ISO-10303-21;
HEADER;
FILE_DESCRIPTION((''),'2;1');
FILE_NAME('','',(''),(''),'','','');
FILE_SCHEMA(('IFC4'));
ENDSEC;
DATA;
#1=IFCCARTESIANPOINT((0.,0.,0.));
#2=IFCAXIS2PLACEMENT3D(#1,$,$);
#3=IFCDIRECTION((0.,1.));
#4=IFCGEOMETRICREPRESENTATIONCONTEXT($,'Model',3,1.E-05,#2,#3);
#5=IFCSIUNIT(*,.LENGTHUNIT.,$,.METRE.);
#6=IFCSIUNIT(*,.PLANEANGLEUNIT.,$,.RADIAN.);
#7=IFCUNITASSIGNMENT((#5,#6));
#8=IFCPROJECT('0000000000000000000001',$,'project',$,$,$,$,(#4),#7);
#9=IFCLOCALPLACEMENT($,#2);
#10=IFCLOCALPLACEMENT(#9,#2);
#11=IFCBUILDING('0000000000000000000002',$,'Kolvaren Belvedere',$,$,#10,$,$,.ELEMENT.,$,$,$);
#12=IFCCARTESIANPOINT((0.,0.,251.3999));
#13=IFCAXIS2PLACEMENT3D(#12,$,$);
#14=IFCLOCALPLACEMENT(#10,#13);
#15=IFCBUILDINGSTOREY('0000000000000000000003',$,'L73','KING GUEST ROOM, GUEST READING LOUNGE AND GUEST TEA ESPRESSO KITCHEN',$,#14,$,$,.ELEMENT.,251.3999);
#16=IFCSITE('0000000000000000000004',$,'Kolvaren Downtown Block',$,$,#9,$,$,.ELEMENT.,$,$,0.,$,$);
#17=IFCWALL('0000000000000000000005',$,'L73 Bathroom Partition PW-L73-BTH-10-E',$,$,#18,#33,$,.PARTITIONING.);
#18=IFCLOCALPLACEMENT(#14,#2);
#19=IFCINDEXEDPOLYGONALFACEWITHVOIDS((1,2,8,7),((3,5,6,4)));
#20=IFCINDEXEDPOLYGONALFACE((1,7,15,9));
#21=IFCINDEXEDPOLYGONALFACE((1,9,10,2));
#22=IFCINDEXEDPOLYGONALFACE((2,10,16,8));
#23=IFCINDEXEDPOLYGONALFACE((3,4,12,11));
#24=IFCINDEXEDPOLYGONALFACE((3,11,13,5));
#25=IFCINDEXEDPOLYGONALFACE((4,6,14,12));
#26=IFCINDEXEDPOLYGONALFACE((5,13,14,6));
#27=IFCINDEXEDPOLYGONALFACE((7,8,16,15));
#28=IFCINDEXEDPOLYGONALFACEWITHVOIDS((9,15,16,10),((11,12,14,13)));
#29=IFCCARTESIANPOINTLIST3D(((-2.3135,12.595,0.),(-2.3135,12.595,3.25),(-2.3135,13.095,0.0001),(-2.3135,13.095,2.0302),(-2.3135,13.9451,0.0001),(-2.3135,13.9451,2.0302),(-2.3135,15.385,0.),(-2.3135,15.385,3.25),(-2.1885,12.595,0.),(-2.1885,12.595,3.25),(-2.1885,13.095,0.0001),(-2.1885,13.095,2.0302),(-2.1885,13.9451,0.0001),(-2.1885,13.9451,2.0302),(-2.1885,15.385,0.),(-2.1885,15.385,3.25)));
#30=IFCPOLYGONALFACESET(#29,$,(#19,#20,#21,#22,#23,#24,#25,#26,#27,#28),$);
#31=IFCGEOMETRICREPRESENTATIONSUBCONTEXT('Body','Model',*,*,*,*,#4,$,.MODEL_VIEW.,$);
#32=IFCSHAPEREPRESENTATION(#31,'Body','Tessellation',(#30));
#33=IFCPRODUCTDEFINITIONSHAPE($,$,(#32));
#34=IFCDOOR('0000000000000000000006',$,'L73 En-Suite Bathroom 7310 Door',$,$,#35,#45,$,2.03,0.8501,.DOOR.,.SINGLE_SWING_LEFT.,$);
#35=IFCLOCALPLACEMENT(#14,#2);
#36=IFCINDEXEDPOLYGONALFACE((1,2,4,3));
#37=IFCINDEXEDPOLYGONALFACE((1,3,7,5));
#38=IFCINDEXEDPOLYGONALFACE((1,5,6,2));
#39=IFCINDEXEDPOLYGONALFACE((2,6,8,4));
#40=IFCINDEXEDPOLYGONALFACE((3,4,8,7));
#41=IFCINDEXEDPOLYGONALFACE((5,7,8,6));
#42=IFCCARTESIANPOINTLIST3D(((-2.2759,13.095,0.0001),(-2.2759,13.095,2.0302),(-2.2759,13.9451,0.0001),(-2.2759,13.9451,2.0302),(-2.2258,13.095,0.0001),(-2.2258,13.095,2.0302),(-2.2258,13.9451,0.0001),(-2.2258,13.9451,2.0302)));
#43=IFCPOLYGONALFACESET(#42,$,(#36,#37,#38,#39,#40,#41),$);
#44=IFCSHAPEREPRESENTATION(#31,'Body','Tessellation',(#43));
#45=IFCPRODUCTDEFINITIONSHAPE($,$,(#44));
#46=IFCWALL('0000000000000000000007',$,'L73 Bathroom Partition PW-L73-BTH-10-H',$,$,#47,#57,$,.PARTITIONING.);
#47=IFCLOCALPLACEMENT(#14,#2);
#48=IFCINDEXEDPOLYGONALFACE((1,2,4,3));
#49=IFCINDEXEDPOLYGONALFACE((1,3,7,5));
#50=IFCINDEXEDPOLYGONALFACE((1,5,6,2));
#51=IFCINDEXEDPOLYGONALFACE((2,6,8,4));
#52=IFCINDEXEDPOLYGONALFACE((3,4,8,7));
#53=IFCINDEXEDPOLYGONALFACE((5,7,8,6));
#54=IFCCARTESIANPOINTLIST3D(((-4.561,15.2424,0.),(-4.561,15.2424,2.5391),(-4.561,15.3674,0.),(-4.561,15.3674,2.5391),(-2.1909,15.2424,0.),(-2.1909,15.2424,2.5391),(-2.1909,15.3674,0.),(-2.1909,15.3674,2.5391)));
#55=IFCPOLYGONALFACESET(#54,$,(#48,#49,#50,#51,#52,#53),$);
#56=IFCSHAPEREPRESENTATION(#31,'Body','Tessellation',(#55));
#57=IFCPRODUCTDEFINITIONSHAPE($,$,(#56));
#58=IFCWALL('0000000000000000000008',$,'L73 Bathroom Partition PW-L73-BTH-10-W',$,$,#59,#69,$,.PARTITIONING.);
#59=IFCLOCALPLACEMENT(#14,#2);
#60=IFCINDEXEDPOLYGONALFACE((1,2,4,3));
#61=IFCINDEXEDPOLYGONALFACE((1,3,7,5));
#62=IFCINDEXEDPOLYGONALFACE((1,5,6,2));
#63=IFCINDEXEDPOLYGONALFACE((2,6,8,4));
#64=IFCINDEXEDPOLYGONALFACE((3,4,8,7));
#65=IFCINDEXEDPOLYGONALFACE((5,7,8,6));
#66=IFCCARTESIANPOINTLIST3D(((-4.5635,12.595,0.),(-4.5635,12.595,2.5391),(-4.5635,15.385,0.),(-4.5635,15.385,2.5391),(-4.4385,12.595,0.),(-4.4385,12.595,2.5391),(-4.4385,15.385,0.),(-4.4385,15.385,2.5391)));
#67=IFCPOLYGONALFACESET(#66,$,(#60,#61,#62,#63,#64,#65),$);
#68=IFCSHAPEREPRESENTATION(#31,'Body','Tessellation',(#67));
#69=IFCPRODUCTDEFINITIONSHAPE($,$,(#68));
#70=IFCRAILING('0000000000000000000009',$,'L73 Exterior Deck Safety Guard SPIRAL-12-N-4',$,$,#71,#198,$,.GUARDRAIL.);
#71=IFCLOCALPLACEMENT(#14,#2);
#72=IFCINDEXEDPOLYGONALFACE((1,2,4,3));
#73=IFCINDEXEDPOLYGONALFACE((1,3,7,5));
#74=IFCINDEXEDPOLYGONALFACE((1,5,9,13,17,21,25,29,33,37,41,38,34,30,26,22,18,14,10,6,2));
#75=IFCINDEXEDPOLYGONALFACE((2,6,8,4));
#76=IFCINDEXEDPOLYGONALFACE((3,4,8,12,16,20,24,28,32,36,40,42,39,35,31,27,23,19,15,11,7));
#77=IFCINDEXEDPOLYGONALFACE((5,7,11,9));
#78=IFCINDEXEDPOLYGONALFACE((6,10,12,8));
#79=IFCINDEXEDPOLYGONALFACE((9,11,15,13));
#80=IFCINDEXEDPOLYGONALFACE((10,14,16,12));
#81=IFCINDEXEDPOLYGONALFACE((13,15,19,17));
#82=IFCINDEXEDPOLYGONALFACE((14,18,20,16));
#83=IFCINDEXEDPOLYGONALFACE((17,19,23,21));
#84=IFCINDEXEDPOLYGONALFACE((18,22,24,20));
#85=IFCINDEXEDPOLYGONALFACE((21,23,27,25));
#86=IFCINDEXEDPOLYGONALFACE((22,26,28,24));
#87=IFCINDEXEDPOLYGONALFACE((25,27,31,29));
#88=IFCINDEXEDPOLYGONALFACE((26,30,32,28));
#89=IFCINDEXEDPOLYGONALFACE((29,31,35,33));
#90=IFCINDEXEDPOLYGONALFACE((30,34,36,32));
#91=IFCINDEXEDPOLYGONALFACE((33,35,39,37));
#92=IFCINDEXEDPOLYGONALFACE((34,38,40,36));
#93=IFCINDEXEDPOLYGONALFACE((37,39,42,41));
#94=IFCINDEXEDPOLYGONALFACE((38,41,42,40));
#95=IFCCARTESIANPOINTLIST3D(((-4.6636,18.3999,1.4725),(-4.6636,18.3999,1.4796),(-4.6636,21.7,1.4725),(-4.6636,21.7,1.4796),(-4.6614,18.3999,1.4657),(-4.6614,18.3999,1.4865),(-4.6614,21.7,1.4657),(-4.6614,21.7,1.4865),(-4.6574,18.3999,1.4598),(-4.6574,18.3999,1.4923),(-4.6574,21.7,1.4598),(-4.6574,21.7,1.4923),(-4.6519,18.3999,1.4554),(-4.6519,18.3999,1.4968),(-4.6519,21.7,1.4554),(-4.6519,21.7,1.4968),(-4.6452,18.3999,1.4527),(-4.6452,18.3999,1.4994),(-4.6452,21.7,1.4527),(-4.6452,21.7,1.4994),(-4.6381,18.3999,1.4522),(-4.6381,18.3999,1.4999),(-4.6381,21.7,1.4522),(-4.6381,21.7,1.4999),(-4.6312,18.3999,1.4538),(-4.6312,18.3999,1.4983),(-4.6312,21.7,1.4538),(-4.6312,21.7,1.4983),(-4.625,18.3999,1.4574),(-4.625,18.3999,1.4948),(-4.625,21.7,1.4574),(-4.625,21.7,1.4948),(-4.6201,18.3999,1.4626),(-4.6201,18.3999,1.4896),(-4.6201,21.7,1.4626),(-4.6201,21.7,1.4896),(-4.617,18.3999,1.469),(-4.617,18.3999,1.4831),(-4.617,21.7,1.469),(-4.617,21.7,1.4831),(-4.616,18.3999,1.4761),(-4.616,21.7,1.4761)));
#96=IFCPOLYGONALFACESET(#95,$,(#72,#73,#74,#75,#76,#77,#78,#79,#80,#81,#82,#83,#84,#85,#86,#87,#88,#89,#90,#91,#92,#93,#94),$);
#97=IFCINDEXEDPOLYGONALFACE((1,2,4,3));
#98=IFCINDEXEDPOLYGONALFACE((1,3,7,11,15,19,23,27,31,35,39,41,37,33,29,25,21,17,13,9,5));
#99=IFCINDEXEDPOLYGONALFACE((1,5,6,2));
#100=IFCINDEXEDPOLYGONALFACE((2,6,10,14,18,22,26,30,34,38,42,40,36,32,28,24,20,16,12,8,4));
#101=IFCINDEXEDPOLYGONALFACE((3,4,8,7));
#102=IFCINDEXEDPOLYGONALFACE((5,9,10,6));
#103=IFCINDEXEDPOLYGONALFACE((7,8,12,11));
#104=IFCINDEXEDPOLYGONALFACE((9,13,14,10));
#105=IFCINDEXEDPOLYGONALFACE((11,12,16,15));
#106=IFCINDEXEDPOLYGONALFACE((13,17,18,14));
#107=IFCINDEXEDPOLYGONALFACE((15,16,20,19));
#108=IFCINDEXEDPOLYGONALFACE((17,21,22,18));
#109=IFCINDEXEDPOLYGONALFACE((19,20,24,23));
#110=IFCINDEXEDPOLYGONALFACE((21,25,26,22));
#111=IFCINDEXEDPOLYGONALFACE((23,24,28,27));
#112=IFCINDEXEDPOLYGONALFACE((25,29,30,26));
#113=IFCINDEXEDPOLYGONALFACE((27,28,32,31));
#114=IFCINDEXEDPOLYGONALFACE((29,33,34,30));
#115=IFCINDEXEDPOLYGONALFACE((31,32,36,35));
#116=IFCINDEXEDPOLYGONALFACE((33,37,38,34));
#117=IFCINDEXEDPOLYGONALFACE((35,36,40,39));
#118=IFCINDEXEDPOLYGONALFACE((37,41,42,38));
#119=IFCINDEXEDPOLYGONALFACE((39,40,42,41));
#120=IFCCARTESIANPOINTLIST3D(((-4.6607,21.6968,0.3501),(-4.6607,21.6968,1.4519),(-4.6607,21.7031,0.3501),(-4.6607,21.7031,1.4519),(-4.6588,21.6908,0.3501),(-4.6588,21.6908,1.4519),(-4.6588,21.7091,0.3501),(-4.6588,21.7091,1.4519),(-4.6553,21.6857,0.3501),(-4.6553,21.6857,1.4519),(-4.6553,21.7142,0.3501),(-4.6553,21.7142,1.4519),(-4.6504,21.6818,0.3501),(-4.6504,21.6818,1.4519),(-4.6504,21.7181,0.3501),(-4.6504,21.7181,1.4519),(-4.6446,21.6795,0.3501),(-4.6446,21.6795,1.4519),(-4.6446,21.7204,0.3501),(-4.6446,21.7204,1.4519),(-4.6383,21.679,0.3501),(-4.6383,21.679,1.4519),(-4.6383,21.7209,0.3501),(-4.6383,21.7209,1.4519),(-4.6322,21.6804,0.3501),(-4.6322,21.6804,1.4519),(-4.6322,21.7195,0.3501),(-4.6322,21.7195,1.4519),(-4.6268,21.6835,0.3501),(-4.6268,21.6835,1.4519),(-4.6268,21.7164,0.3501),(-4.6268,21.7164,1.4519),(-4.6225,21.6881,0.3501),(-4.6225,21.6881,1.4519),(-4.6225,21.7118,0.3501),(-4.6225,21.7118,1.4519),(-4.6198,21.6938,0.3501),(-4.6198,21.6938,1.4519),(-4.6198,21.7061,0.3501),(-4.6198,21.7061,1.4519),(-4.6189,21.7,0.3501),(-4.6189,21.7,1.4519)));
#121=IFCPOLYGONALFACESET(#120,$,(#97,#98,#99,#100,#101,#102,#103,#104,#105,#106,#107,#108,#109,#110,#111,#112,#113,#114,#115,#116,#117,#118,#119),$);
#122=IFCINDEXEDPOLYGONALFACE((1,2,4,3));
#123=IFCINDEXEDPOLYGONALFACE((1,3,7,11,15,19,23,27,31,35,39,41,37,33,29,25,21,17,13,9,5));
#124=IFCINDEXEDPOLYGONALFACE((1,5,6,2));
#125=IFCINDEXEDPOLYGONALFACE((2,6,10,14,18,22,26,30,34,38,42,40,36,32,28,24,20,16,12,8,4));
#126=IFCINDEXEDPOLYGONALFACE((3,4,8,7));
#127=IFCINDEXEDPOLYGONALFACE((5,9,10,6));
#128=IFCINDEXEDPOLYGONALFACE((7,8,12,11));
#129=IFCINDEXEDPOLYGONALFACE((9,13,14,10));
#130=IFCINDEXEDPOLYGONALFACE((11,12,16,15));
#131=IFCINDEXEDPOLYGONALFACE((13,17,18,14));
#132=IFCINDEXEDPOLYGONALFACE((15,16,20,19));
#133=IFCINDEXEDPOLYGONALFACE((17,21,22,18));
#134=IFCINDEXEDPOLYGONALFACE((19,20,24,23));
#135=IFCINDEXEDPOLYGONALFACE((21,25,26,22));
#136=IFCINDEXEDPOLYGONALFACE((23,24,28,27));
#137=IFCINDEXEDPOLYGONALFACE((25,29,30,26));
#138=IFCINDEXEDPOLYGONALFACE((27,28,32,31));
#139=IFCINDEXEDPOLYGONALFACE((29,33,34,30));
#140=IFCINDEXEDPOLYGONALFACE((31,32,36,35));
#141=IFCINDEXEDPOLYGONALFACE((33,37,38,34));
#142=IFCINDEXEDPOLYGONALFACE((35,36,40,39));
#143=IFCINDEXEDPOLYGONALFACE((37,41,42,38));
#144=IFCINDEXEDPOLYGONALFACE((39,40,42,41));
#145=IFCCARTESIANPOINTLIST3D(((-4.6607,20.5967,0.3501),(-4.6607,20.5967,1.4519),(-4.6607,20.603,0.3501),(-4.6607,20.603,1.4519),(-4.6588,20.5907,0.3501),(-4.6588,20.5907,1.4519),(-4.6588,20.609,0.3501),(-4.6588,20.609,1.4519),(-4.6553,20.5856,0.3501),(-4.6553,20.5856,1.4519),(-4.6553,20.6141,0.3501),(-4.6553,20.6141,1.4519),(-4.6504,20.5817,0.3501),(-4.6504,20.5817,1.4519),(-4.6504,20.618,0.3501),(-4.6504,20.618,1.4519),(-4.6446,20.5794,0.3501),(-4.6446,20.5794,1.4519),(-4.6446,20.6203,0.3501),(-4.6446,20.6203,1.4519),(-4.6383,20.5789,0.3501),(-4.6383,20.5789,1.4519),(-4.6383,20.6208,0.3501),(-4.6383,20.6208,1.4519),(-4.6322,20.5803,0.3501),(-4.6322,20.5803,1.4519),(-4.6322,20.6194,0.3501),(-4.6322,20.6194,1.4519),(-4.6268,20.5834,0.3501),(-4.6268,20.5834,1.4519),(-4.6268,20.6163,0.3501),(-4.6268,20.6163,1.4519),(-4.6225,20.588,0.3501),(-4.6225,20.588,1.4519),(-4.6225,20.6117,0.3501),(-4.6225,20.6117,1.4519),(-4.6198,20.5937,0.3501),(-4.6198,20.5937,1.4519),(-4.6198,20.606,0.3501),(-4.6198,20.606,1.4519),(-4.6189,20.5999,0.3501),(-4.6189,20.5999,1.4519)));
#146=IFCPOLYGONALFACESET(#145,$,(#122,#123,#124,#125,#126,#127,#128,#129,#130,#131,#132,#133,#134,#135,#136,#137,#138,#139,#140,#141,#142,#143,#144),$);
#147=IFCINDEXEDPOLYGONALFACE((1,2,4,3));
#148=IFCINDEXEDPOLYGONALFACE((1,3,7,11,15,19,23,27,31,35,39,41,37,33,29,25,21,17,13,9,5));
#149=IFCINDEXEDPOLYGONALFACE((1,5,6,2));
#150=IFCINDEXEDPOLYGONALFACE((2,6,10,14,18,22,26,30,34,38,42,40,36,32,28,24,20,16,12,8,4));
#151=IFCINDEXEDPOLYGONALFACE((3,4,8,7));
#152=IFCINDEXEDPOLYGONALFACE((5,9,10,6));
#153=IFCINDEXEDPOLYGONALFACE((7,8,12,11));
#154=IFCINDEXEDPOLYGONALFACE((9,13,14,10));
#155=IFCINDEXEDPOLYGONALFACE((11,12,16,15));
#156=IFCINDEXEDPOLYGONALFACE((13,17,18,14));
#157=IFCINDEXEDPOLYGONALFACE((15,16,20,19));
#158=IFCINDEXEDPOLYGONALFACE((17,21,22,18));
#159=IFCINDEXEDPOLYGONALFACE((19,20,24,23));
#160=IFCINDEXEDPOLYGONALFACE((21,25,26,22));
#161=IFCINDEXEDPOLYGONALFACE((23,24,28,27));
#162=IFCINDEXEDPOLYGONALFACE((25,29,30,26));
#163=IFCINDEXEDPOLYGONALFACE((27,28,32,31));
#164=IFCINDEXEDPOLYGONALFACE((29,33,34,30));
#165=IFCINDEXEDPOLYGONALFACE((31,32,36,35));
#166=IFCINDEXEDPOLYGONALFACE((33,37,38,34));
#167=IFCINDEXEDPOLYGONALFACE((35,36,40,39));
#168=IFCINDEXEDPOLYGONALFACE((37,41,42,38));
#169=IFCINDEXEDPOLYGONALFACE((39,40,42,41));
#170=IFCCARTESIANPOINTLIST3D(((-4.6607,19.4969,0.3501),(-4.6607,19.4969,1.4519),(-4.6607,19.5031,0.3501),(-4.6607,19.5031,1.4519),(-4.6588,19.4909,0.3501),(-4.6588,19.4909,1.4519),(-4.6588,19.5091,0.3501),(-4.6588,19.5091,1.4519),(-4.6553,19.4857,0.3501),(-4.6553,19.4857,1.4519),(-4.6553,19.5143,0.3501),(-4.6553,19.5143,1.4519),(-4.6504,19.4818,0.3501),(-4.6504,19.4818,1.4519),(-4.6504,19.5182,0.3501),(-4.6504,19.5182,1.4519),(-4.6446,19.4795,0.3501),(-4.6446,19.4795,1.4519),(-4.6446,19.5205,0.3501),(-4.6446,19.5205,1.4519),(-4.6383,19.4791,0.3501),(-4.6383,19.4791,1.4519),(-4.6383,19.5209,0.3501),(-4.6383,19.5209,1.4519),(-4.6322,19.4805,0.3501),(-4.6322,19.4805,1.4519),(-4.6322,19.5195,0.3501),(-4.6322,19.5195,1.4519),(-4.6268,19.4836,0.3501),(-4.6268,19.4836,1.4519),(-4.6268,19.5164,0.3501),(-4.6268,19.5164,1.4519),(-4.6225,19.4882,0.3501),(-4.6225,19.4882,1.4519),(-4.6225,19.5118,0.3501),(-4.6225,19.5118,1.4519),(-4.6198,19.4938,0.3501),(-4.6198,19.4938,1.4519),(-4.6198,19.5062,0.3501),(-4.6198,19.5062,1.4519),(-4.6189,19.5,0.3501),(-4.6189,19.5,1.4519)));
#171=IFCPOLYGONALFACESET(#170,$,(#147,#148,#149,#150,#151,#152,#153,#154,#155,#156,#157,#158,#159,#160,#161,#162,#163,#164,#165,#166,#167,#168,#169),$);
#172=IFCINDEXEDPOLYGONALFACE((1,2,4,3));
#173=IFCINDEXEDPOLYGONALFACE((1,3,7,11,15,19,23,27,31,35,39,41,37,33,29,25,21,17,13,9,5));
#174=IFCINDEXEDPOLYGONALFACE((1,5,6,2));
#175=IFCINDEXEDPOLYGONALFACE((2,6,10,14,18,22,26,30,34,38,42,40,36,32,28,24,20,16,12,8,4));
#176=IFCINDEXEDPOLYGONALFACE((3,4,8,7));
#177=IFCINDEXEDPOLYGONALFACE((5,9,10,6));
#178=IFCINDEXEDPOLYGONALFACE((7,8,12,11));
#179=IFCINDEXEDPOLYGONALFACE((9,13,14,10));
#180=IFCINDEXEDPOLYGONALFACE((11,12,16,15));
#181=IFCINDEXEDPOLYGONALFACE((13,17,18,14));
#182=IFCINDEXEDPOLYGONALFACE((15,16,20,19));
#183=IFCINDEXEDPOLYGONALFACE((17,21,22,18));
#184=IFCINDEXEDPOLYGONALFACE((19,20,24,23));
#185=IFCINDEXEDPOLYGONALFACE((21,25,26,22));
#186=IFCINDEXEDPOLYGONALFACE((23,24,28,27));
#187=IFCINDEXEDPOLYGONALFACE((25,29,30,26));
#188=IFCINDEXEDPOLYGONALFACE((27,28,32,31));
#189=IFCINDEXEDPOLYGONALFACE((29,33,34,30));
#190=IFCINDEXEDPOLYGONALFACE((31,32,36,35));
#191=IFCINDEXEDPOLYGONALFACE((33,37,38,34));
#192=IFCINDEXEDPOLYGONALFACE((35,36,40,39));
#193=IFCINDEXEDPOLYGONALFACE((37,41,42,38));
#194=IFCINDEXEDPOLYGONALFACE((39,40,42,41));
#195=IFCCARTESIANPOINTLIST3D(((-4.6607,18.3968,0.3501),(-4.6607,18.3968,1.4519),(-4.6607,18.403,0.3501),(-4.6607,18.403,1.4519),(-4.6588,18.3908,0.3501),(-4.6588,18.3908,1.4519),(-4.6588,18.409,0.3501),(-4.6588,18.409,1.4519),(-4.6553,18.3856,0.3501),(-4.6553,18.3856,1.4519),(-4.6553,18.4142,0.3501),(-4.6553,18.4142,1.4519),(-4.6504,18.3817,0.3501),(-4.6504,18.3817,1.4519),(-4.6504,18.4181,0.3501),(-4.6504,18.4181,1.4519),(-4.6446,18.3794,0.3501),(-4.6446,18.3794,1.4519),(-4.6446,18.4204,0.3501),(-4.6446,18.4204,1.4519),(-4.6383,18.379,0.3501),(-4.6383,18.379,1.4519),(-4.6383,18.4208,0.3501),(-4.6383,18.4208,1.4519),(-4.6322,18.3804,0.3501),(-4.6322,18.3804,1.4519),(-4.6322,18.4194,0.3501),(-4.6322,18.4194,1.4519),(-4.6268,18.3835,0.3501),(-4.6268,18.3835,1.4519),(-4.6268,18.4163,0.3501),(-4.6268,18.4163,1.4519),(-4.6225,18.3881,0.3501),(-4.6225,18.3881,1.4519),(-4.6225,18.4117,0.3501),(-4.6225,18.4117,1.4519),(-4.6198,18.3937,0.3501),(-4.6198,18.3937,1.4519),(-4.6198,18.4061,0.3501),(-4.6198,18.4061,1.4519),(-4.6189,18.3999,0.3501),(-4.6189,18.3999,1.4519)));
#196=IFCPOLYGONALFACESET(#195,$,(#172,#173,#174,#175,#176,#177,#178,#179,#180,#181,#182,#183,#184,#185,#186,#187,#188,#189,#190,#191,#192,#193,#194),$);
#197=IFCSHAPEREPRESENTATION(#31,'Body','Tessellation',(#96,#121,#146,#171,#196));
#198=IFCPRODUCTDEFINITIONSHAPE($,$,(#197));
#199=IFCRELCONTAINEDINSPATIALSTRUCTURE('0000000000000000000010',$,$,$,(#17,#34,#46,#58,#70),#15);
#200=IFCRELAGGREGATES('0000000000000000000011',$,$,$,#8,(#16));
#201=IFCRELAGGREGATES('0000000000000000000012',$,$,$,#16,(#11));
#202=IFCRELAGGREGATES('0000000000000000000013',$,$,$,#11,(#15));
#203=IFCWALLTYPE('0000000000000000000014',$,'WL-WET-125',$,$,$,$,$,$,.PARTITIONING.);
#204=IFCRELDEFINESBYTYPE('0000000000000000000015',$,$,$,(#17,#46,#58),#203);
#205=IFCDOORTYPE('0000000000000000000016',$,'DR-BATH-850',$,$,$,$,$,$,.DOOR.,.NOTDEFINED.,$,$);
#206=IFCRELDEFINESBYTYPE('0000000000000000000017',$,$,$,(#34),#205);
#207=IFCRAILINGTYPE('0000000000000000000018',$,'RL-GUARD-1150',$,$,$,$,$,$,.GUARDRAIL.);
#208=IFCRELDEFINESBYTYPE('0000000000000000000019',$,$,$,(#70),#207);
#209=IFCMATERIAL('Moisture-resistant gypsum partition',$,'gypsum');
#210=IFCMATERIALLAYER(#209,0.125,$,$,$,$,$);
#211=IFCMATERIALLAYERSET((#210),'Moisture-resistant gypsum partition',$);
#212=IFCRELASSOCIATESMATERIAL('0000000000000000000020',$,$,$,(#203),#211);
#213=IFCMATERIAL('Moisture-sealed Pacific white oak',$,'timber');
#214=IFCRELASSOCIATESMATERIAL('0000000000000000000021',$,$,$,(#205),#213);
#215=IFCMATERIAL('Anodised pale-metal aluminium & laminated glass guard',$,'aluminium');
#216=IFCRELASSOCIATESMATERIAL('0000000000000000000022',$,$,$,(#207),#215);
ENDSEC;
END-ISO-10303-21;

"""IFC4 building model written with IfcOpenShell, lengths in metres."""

from ifc_helpers import new_model, si_unit, direction, frame, frame_2d, origin, origin_2d, place, context, subcontext, project, spatial, rectangle, circle, extrude, material, layer, layer_set, type_object, element, fill, save


model = new_model("IFC4")

# Units and contexts
model_context = context("Model", 3, precision=1e-05, world=origin(), true_north=direction((0.0, 1.0)))
body_context = subcontext(model_context, "Body", "Model", "MODEL_VIEW")
ifc_project = project(units=[si_unit("LENGTHUNIT", "METRE"), si_unit("PLANEANGLEUNIT", "RADIAN")], contexts=[model_context])

# Site, building, storey
site_placement = place(None, origin())
site = spatial("IfcSite", under=ifc_project, at=site_placement, Name="Kolvaren Downtown Block", CompositionType="ELEMENT", RefElevation=0.0)
building_placement = place(site_placement, origin())
building = spatial("IfcBuilding", under=site, at=building_placement, Name="Kolvaren Belvedere", CompositionType="ELEMENT")
storey_placement = place(building_placement, frame((0.0, 0.0, 251.3999)))
storey = spatial("IfcBuildingStorey", under=building, at=storey_placement, Name="L73", Description="KING GUEST ROOM, GUEST READING LOUNGE AND GUEST TEA ESPRESSO KITCHEN", CompositionType="ELEMENT", Elevation=251.3999)

# Shared definitions
ifc_material_1 = material(Name="Moisture-resistant gypsum partition", Category="gypsum")
ifc_layer_1 = layer(ifc_material_1, 0.125)
ifc_layer_set_1 = layer_set([ifc_layer_1], Name="Moisture-resistant gypsum partition")
wall_type_1 = type_object("IfcWallType", Name="WL-WET-125", PredefinedType="PARTITIONING", material=ifc_layer_set_1)

# Wall, opening, door
wall_1_placement = place(storey_placement, frame((-2.251, 12.595, 0.0), z_axis=(0.0, 0.0, 1.0), x_axis=(0.0, 1.0, 0.0)))
wall_1 = element("IfcWall", 1, at=wall_1_placement, inside=storey, type_object=wall_type_1, Name="L73 Bathroom Partition PW-L73-BTH-10-E", PredefinedType="PARTITIONING", context=body_context, shape_type="SweptSolid", body=[
    extrude(rectangle(XDim=2.79, YDim=0.125, at=frame_2d((1.395, 0.0))), origin(), (0.0, 0.0, 1.0), 3.25),
])
opening_1_placement = place(wall_1_placement, frame((0.5, 0.0, 0.0)))
opening_1 = element("IfcOpeningElement", 2, at=opening_1_placement, cuts=wall_1, PredefinedType="OPENING", context=body_context, shape_type="SweptSolid", body=[
    extrude(rectangle(XDim=0.8501, YDim=2.03, at=frame_2d((0.425, 1.0151))), frame((0.0, 0.0725, 0.0), z_axis=(0.0, -1.0, 0.0), x_axis=(1.0, 0.0, 0.0)), (0.0, 0.0, 1.0), 0.145),
])
ifc_material_2 = material(Name="Moisture-sealed Pacific white oak", Category="timber")
door_type_1 = type_object("IfcDoorType", Name="DR-BATH-850", OperationType="NOTDEFINED", PredefinedType="DOOR", material=ifc_material_2)
door_1_placement = place(opening_1_placement, origin())
door_1 = element("IfcDoor", 3, at=door_1_placement, inside=storey, type_object=door_type_1, Name="L73 En-Suite Bathroom 7310 Door", OperationType="SINGLE_SWING_LEFT", OverallHeight=2.03, OverallWidth=0.8501, PredefinedType="DOOR", context=body_context, shape_type="SweptSolid", body=[
    extrude(rectangle(XDim=0.8501, YDim=2.03, at=frame_2d((0.425, 1.0151))), frame((0.0, 0.0249, 0.0), z_axis=(0.0, -1.0, 0.0), x_axis=(1.0, 0.0, 0.0)), (0.0, 0.0, 1.0), 0.05),
])
fill(opening_1, door_1)

# Walls
wall_2_placement = place(storey_placement, frame((-4.561, 15.3049, 0.0), z_axis=(0.0, 0.0, 1.0), x_axis=(1.0, 0.0, 0.0)))
element("IfcWall", 4, at=wall_2_placement, inside=storey, type_object=wall_type_1, Name="L73 Bathroom Partition PW-L73-BTH-10-H", PredefinedType="PARTITIONING", context=body_context, shape_type="SweptSolid", body=[
    extrude(rectangle(XDim=2.3701, YDim=0.125, at=frame_2d((1.1851, 0.0))), origin(), (0.0, 0.0, 1.0), 2.5391),
])
wall_3_placement = place(storey_placement, frame((-4.501, 12.595, 0.0), z_axis=(0.0, 0.0, 1.0), x_axis=(0.0, 1.0, 0.0)))
element("IfcWall", 5, at=wall_3_placement, inside=storey, type_object=wall_type_1, Name="L73 Bathroom Partition PW-L73-BTH-10-W", PredefinedType="PARTITIONING", context=body_context, shape_type="SweptSolid", body=[
    extrude(rectangle(XDim=2.79, YDim=0.125, at=frame_2d((1.395, 0.0))), origin(), (0.0, 0.0, 1.0), 2.5391),
])

# Railing
ifc_material_3 = material(Name="Anodised pale-metal aluminium & laminated glass guard", Category="aluminium")
railing_type = type_object("IfcRailingType", Name="RL-GUARD-1150", PredefinedType="GUARDRAIL", material=ifc_material_3)
railing_placement = place(storey_placement, frame((-4.6399, 21.7, 0.3501)))
element("IfcRailing", 6, at=railing_placement, inside=storey, type_object=railing_type, Name="L73 Exterior Deck Safety Guard SPIRAL-12-N-4", PredefinedType="GUARDRAIL", context=body_context, shape_type="SweptSolid", body=[
    extrude(circle(Radius=0.0239, at=origin_2d()), frame((0.0, 0.0, 1.126), z_axis=(0.0, -1.0, 0.0), x_axis=(1.0, 0.0, 0.0)), (0.0, 0.0, 1.0), 3.3),
    extrude(circle(Radius=0.021, at=origin_2d()), origin(), (0.0, 0.0, 1.0), 1.1018),
    extrude(circle(Radius=0.021, at=origin_2d()), frame((0.0, -1.1001, 0.0)), (0.0, 0.0, 1.0), 1.1018),
    extrude(circle(Radius=0.021, at=origin_2d()), frame((0.0, -2.2, 0.0)), (0.0, 0.0, 1.0), 1.1018),
    extrude(circle(Radius=0.021, at=origin_2d()), frame((0.0, -3.3, 0.0)), (0.0, 0.0, 1.0), 1.1018),
])

save(model, "model.ifc")
